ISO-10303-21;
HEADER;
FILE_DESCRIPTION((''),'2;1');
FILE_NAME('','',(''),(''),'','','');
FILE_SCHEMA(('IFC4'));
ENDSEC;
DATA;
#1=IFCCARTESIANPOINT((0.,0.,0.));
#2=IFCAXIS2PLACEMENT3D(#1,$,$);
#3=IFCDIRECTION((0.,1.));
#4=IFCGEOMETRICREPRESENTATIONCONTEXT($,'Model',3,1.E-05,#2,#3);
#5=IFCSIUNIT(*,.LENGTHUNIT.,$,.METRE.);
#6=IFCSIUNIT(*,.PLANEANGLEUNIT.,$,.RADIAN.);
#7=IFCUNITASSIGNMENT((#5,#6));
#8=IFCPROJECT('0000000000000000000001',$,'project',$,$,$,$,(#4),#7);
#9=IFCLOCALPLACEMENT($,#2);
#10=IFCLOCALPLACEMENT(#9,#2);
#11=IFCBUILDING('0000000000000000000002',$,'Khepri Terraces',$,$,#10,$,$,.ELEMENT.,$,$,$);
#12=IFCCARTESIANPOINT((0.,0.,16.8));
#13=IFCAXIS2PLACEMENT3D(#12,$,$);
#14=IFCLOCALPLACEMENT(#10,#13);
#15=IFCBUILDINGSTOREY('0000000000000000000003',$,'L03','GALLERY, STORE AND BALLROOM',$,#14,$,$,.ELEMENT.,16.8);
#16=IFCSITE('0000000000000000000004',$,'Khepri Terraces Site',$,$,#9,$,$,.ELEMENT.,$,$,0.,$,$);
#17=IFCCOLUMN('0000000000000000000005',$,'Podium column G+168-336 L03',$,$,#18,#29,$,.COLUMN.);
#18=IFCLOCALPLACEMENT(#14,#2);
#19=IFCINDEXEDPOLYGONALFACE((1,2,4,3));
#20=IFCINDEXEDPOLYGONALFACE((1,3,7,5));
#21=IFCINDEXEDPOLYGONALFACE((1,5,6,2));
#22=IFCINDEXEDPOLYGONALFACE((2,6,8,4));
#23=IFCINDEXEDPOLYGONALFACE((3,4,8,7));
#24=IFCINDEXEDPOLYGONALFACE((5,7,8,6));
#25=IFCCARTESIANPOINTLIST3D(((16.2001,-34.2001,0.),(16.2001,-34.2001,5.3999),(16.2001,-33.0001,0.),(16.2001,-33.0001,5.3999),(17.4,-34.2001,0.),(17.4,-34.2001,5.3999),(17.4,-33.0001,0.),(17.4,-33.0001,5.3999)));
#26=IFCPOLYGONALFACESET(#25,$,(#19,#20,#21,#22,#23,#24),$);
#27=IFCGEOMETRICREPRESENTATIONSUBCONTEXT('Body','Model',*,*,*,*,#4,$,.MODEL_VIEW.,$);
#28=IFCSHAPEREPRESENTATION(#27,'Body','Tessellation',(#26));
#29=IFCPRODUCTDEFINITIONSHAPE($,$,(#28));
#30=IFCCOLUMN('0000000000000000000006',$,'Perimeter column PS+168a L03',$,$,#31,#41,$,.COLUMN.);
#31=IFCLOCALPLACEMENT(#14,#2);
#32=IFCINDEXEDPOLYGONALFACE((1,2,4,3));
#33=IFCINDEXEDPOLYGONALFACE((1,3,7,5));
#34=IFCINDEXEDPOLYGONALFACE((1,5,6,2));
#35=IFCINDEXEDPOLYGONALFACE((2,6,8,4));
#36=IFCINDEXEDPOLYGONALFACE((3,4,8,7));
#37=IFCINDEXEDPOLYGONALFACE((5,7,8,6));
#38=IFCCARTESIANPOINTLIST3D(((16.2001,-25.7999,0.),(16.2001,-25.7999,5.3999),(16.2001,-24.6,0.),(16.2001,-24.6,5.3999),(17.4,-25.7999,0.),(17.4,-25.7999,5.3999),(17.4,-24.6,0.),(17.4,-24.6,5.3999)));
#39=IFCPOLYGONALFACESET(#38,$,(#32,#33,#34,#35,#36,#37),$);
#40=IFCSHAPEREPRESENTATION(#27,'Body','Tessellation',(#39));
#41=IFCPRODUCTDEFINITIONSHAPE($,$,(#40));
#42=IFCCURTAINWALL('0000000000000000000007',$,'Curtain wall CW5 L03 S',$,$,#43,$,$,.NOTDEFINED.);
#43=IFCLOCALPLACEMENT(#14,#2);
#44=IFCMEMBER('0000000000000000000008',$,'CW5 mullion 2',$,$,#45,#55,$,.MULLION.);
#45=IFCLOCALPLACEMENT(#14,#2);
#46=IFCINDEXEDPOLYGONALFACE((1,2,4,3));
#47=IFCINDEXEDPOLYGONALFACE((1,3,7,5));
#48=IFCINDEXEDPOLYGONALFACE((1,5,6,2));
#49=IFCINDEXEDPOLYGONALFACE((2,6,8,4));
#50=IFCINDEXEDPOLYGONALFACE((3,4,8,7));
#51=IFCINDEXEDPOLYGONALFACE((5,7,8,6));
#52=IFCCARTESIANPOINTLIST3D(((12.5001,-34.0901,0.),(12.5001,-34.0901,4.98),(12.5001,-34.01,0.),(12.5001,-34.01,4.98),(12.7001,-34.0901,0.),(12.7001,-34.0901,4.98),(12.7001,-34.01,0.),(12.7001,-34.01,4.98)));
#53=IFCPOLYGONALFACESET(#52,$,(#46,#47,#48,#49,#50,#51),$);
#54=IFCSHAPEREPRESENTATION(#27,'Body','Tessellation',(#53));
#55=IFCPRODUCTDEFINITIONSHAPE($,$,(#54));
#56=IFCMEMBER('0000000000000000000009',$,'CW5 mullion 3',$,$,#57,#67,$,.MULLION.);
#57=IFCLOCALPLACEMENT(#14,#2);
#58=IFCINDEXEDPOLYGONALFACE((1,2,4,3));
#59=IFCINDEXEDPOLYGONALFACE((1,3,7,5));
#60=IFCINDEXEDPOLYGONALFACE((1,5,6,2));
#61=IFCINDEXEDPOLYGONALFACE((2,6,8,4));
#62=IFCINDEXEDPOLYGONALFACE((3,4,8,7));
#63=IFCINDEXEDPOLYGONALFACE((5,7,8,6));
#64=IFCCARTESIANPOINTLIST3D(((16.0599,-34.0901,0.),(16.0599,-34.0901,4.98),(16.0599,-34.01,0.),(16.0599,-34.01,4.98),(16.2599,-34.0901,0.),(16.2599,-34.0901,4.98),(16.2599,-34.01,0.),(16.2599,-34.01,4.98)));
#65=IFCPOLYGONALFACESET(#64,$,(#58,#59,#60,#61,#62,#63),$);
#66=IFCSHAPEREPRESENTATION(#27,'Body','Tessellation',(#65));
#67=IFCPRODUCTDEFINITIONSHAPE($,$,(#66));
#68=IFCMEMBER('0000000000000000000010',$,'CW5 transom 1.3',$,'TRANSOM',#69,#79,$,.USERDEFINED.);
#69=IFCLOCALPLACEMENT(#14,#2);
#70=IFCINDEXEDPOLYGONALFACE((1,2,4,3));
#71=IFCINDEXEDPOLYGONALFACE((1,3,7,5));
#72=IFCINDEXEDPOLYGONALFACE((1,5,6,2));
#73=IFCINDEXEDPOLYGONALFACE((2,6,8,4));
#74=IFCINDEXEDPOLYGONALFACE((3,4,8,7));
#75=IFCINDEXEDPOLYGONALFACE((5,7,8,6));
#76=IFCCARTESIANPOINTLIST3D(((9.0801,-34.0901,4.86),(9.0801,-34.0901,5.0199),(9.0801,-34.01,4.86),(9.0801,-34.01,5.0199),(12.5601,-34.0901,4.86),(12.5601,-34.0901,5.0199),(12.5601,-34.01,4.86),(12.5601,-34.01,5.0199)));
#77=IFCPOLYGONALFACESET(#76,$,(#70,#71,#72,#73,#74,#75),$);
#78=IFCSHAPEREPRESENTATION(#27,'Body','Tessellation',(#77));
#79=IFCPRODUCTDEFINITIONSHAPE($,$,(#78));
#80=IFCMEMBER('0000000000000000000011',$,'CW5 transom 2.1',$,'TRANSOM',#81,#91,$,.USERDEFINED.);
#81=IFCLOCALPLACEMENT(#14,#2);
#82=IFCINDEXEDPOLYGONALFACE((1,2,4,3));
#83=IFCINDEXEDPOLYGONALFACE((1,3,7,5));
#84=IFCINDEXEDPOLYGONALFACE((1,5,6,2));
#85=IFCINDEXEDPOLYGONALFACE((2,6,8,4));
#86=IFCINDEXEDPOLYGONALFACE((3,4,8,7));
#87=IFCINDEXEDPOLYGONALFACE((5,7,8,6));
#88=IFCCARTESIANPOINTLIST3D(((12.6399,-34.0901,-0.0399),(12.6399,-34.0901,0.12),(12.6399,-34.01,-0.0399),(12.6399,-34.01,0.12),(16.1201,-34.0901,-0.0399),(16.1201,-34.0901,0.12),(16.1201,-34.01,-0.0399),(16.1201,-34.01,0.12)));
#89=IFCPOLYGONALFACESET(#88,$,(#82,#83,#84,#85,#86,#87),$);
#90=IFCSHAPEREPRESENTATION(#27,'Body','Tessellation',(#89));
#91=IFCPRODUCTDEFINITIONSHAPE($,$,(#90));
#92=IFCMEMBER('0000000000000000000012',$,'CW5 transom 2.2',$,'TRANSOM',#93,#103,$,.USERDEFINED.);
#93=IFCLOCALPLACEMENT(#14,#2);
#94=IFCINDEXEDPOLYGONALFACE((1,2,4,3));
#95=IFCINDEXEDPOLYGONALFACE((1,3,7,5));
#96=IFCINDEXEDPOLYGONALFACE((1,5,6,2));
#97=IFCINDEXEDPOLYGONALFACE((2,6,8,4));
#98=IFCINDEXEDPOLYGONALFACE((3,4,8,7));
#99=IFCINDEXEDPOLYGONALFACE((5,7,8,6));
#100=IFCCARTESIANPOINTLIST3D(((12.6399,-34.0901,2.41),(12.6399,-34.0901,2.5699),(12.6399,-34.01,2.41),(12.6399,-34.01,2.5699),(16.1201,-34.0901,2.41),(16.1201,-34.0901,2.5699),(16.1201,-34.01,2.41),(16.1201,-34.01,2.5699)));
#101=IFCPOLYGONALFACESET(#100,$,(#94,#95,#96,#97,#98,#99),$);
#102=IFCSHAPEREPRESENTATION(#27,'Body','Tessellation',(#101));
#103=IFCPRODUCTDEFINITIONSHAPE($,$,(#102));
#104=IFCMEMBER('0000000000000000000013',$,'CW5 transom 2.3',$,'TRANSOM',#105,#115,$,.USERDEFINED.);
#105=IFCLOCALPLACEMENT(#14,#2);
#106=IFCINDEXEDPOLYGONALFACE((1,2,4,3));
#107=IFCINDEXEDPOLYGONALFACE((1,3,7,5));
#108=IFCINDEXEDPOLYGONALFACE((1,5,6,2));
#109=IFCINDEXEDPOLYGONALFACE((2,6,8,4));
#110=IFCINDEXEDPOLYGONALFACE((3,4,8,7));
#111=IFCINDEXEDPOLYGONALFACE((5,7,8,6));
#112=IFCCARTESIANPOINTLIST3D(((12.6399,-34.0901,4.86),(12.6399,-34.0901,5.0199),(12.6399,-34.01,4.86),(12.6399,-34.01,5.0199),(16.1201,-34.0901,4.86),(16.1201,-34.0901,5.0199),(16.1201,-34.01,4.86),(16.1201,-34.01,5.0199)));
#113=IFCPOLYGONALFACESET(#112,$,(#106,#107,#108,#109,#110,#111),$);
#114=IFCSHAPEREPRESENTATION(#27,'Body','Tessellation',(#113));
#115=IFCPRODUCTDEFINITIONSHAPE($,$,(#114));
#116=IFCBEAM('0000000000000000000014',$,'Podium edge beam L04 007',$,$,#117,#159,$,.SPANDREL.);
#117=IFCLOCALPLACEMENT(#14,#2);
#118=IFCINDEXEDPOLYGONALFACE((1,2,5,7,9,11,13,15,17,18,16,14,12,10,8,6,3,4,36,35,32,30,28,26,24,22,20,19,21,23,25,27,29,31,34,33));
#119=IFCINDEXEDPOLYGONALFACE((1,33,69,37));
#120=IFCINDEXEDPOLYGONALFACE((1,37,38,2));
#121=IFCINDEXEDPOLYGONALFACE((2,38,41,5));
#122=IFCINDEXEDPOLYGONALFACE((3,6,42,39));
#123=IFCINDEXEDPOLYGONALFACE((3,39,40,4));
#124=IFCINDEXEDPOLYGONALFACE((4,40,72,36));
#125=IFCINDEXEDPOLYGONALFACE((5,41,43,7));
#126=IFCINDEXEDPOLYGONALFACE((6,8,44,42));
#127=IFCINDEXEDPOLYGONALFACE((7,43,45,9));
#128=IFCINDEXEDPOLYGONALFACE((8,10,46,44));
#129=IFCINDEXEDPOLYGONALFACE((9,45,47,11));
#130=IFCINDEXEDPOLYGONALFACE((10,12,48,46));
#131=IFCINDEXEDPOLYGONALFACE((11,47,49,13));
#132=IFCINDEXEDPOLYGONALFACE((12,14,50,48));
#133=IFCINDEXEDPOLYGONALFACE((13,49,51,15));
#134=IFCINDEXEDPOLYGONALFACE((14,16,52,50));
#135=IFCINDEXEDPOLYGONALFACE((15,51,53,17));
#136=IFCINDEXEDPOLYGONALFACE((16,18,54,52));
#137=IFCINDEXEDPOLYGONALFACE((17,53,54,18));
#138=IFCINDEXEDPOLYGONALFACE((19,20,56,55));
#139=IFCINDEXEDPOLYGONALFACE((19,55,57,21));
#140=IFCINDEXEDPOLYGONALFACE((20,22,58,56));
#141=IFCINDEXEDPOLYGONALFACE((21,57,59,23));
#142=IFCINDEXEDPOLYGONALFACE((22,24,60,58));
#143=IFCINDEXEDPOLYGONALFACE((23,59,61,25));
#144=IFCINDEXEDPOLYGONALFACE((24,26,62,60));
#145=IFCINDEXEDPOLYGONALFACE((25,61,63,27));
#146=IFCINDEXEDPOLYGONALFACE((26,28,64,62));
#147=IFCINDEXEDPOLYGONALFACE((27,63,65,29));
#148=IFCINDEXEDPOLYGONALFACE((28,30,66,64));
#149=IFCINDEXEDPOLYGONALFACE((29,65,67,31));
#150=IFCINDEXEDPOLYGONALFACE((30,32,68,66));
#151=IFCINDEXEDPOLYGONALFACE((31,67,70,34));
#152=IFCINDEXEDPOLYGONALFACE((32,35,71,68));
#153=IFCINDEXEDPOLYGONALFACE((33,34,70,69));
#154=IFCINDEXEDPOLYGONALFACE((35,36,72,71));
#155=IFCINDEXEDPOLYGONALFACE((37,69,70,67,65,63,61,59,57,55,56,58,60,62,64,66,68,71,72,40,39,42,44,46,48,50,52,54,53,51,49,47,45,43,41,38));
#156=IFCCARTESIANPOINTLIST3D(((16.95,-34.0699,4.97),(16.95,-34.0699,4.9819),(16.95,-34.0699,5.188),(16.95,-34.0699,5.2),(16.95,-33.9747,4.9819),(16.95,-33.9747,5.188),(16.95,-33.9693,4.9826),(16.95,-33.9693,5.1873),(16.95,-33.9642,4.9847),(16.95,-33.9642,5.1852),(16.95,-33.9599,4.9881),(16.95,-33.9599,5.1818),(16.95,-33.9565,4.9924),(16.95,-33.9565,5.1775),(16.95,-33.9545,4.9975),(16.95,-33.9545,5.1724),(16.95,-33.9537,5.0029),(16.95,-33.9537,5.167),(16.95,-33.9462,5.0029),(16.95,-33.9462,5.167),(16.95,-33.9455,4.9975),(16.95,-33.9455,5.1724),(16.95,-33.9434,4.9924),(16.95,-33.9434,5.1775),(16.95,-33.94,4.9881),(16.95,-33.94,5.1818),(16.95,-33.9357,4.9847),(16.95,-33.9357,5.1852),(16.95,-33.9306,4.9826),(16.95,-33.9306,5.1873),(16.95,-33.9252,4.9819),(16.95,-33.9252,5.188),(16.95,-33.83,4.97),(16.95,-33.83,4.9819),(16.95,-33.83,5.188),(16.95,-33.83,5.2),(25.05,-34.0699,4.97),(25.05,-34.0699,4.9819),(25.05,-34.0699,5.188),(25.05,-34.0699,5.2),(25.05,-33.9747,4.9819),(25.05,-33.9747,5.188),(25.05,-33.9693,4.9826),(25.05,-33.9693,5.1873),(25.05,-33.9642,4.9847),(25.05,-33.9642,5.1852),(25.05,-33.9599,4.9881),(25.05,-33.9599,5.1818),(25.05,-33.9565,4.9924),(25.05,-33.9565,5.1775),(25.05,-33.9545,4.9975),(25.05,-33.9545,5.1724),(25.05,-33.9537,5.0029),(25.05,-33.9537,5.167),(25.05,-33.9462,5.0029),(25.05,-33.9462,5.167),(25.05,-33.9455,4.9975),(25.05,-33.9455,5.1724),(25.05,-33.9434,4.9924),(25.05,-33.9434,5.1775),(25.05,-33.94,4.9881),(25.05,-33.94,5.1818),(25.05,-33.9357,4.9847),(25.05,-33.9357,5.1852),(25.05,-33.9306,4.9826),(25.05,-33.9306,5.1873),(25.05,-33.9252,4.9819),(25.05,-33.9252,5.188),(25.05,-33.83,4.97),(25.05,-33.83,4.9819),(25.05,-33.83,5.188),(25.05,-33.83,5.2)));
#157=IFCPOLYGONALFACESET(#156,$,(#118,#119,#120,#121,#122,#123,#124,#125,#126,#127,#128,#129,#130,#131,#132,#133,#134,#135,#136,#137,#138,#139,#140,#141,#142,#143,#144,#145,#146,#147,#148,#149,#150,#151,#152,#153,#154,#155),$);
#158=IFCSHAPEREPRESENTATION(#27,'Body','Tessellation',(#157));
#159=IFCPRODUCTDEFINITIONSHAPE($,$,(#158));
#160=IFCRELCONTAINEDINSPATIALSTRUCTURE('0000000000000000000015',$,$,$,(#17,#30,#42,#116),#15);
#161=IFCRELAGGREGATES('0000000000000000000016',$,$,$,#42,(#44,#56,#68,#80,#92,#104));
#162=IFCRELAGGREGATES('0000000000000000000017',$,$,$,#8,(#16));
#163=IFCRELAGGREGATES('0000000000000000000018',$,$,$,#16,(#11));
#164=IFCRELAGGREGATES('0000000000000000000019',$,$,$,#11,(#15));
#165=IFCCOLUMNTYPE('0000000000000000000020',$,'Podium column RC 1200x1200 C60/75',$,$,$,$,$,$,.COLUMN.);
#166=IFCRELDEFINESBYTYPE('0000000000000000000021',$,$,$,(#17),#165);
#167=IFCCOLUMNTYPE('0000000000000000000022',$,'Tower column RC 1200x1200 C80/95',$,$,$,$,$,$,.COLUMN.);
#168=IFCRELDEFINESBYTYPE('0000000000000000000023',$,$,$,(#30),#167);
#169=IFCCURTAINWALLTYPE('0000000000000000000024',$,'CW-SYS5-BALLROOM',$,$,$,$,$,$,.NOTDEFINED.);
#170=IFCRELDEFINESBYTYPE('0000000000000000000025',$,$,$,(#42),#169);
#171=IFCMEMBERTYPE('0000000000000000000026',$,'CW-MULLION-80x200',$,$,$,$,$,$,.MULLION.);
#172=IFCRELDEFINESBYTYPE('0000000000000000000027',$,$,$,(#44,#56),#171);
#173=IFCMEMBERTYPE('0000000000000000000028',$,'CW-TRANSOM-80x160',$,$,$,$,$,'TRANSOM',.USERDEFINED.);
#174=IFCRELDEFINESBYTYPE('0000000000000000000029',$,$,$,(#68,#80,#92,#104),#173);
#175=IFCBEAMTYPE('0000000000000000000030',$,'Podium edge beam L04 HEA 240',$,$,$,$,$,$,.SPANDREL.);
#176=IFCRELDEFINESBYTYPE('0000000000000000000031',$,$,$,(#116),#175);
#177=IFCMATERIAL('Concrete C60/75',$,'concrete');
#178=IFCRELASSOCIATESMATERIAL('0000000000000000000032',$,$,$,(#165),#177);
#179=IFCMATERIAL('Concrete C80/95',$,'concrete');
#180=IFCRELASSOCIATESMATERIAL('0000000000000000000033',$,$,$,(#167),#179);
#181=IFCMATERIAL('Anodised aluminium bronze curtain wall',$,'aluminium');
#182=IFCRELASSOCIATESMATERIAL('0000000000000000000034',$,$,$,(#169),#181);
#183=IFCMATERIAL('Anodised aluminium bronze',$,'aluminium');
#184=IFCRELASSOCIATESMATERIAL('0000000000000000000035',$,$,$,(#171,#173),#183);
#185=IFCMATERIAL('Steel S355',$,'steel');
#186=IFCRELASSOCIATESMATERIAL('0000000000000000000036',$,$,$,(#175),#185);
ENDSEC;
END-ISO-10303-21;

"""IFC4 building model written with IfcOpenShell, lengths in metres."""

from ifc_helpers import new_model, si_unit, direction, frame, origin, origin_2d, place, context, subcontext, project, spatial, rectangle, i_section, extrude, material, material_profile, profile_set, type_object, element, aggregate, save


model = new_model("IFC4")

# Units and contexts
model_context = context("Model", 3, precision=1e-05, world=origin(), true_north=direction((0.0, 1.0)))
body_context = subcontext(model_context, "Body", "Model", "MODEL_VIEW")
ifc_project = project(units=[si_unit("LENGTHUNIT", "METRE"), si_unit("PLANEANGLEUNIT", "RADIAN")], contexts=[model_context])

# Site, building, storey
site_placement = place(None, origin())
site = spatial("IfcSite", under=ifc_project, at=site_placement, Name="Khepri Terraces Site", CompositionType="ELEMENT", RefElevation=0.0)
building_placement = place(site_placement, origin())
building = spatial("IfcBuilding", under=site, at=building_placement, Name="Khepri Terraces", CompositionType="ELEMENT")
storey_placement = place(building_placement, frame((0.0, 0.0, 16.8)))
storey = spatial("IfcBuildingStorey", under=building, at=storey_placement, Name="L03", Description="GALLERY, STORE AND BALLROOM", CompositionType="ELEMENT", Elevation=16.8)

# Columns
ifc_material_1 = material(Name="Concrete C60/75", Category="concrete")
ifc_material_profile_1 = material_profile(ifc_material_1, rectangle(XDim=1.2, YDim=1.2, at=origin_2d()), Name="Concrete C60/75", Category="concrete")
ifc_profile_set_1 = profile_set([ifc_material_profile_1], Name="Concrete C60/75")
column_type_1 = type_object("IfcColumnType", Name="Podium column RC 1200x1200 C60/75", PredefinedType="COLUMN", material=ifc_profile_set_1)
column_1_placement = place(storey_placement, frame((16.8, -33.6001, 0.0), z_axis=(0.0, 0.0, 1.0), x_axis=(1.0, 0.0, 0.0)))
element("IfcColumn", 1, at=column_1_placement, inside=storey, type_object=column_type_1, Name="Podium column G+168-336 L03", PredefinedType="COLUMN", context=body_context, shape_type="SweptSolid", body=[
    extrude(rectangle(XDim=1.2, YDim=1.2, at=origin_2d()), origin(), (0.0, 0.0, 1.0), 5.3999),
])
ifc_material_2 = material(Name="Concrete C80/95", Category="concrete")
ifc_material_profile_2 = material_profile(ifc_material_2, rectangle(XDim=1.2, YDim=1.2, at=origin_2d()), Name="Concrete C80/95", Category="concrete")
ifc_profile_set_2 = profile_set([ifc_material_profile_2], Name="Concrete C80/95")
column_type_2 = type_object("IfcColumnType", Name="Tower column RC 1200x1200 C80/95", PredefinedType="COLUMN", material=ifc_profile_set_2)
column_2_placement = place(storey_placement, frame((16.8, -25.2, 0.0), z_axis=(0.0, 0.0, 1.0), x_axis=(1.0, 0.0, 0.0)))
element("IfcColumn", 2, at=column_2_placement, inside=storey, type_object=column_type_2, Name="Perimeter column PS+168a L03", PredefinedType="COLUMN", context=body_context, shape_type="SweptSolid", body=[
    extrude(rectangle(XDim=1.2, YDim=1.2, at=origin_2d()), origin(), (0.0, 0.0, 1.0), 5.3999),
])

# Curtain wall, members
ifc_material_3 = material(Name="Anodised aluminium bronze curtain wall", Category="aluminium")
curtain_wall_type = type_object("IfcCurtainWallType", Name="CW-SYS5-BALLROOM", PredefinedType="NOTDEFINED", material=ifc_material_3)
curtain_wall_placement = place(storey_placement, origin())
curtain_wall = element("IfcCurtainWall", 3, at=curtain_wall_placement, inside=storey, type_object=curtain_wall_type, Name="Curtain wall CW5 L03 S", PredefinedType="NOTDEFINED")
ifc_material_4 = material(Name="Anodised aluminium bronze", Category="aluminium")
ifc_material_profile_3 = material_profile(ifc_material_4, rectangle(XDim=0.0801, YDim=0.2, at=origin_2d()), Name="Anodised aluminium bronze", Category="aluminium")
ifc_profile_set_3 = profile_set([ifc_material_profile_3], Name="Anodised aluminium bronze")
member_type_1 = type_object("IfcMemberType", Name="CW-MULLION-80x200", PredefinedType="MULLION", material=ifc_profile_set_3)
member_1_placement = place(storey_placement, frame((12.6001, -34.05, 0.0), z_axis=(0.0, 0.0, 1.0), x_axis=(0.0, 1.0, 0.0)))
member_1 = element("IfcMember", 4, at=member_1_placement, type_object=member_type_1, Name="CW5 mullion 2", PredefinedType="MULLION", context=body_context, shape_type="SweptSolid", body=[
    extrude(rectangle(XDim=0.0801, YDim=0.2, at=origin_2d()), origin(), (0.0, 0.0, 1.0), 4.98),
])
member_2_placement = place(storey_placement, frame((16.1599, -34.05, 0.0), z_axis=(0.0, 0.0, 1.0), x_axis=(0.0, 1.0, 0.0)))
member_2 = element("IfcMember", 5, at=member_2_placement, type_object=member_type_1, Name="CW5 mullion 3", PredefinedType="MULLION", context=body_context, shape_type="SweptSolid", body=[
    extrude(rectangle(XDim=0.0801, YDim=0.2, at=origin_2d()), origin(), (0.0, 0.0, 1.0), 4.98),
])
ifc_material_profile_4 = material_profile(ifc_material_4, rectangle(XDim=0.0801, YDim=0.1599, at=origin_2d()), Name="Anodised aluminium bronze", Category="aluminium")
ifc_profile_set_4 = profile_set([ifc_material_profile_4], Name="Anodised aluminium bronze")
member_type_2 = type_object("IfcMemberType", Name="CW-TRANSOM-80x160", ElementType="TRANSOM", PredefinedType="USERDEFINED", material=ifc_profile_set_4)
member_3_placement = place(storey_placement, frame((9.0801, -34.05, 4.9399), z_axis=(1.0, 0.0, 0.0), x_axis=(0.0, 1.0, 0.0)))
member_3 = element("IfcMember", 6, at=member_3_placement, type_object=member_type_2, Name="CW5 transom 1.3", ObjectType="TRANSOM", PredefinedType="USERDEFINED", context=body_context, shape_type="SweptSolid", body=[
    extrude(rectangle(XDim=0.0801, YDim=0.1599, at=origin_2d()), origin(), (0.0, 0.0, 1.0), 3.48),
])
member_4_placement = place(storey_placement, frame((12.6399, -34.05, 0.04), z_axis=(1.0, 0.0, 0.0), x_axis=(0.0, 1.0, 0.0)))
member_4 = element("IfcMember", 7, at=member_4_placement, type_object=member_type_2, Name="CW5 transom 2.1", ObjectType="TRANSOM", PredefinedType="USERDEFINED", context=body_context, shape_type="SweptSolid", body=[
    extrude(rectangle(XDim=0.0801, YDim=0.1599, at=origin_2d()), origin(), (0.0, 0.0, 1.0), 3.4802),
])
member_5_placement = place(storey_placement, frame((12.6399, -34.05, 2.49), z_axis=(1.0, 0.0, 0.0), x_axis=(0.0, 1.0, 0.0)))
member_5 = element("IfcMember", 8, at=member_5_placement, type_object=member_type_2, Name="CW5 transom 2.2", ObjectType="TRANSOM", PredefinedType="USERDEFINED", context=body_context, shape_type="SweptSolid", body=[
    extrude(rectangle(XDim=0.0801, YDim=0.1599, at=origin_2d()), origin(), (0.0, 0.0, 1.0), 3.4802),
])
member_6_placement = place(storey_placement, frame((12.6399, -34.05, 4.9399), z_axis=(1.0, 0.0, 0.0), x_axis=(0.0, 1.0, 0.0)))
member_6 = element("IfcMember", 9, at=member_6_placement, type_object=member_type_2, Name="CW5 transom 2.3", ObjectType="TRANSOM", PredefinedType="USERDEFINED", context=body_context, shape_type="SweptSolid", body=[
    extrude(rectangle(XDim=0.0801, YDim=0.1599, at=origin_2d()), origin(), (0.0, 0.0, 1.0), 3.4802),
])

# Beam
ifc_material_5 = material(Name="Steel S355", Category="steel")
ifc_material_profile_5 = material_profile(ifc_material_5, i_section(OverallWidth=0.24, OverallDepth=0.23, WebThickness=0.0076, FlangeThickness=0.012, FilletRadius=0.021, at=origin_2d()), Name="Steel S355", Category="steel")
ifc_profile_set_5 = profile_set([ifc_material_profile_5], Name="Steel S355")
beam_type_1 = type_object("IfcBeamType", Name="Podium edge beam L04 HEA 240", PredefinedType="SPANDREL", material=ifc_profile_set_5)
beam_1_placement = place(storey_placement, frame((16.95, -33.95, 5.085), z_axis=(1.0, 0.0, 0.0), x_axis=(0.0, 1.0, 0.0)))
element("IfcBeam", 10, at=beam_1_placement, inside=storey, type_object=beam_type_1, Name="Podium edge beam L04 007", PredefinedType="SPANDREL", context=body_context, shape_type="SweptSolid", body=[
    extrude(i_section(OverallWidth=0.24, OverallDepth=0.23, WebThickness=0.0076, FlangeThickness=0.012, FilletRadius=0.021, at=origin_2d()), origin(), (0.0, 0.0, 1.0), 8.1001),
])

aggregate(curtain_wall, [member_1, member_2, member_3, member_4, member_5, member_6])

save(model, "model.ifc")
